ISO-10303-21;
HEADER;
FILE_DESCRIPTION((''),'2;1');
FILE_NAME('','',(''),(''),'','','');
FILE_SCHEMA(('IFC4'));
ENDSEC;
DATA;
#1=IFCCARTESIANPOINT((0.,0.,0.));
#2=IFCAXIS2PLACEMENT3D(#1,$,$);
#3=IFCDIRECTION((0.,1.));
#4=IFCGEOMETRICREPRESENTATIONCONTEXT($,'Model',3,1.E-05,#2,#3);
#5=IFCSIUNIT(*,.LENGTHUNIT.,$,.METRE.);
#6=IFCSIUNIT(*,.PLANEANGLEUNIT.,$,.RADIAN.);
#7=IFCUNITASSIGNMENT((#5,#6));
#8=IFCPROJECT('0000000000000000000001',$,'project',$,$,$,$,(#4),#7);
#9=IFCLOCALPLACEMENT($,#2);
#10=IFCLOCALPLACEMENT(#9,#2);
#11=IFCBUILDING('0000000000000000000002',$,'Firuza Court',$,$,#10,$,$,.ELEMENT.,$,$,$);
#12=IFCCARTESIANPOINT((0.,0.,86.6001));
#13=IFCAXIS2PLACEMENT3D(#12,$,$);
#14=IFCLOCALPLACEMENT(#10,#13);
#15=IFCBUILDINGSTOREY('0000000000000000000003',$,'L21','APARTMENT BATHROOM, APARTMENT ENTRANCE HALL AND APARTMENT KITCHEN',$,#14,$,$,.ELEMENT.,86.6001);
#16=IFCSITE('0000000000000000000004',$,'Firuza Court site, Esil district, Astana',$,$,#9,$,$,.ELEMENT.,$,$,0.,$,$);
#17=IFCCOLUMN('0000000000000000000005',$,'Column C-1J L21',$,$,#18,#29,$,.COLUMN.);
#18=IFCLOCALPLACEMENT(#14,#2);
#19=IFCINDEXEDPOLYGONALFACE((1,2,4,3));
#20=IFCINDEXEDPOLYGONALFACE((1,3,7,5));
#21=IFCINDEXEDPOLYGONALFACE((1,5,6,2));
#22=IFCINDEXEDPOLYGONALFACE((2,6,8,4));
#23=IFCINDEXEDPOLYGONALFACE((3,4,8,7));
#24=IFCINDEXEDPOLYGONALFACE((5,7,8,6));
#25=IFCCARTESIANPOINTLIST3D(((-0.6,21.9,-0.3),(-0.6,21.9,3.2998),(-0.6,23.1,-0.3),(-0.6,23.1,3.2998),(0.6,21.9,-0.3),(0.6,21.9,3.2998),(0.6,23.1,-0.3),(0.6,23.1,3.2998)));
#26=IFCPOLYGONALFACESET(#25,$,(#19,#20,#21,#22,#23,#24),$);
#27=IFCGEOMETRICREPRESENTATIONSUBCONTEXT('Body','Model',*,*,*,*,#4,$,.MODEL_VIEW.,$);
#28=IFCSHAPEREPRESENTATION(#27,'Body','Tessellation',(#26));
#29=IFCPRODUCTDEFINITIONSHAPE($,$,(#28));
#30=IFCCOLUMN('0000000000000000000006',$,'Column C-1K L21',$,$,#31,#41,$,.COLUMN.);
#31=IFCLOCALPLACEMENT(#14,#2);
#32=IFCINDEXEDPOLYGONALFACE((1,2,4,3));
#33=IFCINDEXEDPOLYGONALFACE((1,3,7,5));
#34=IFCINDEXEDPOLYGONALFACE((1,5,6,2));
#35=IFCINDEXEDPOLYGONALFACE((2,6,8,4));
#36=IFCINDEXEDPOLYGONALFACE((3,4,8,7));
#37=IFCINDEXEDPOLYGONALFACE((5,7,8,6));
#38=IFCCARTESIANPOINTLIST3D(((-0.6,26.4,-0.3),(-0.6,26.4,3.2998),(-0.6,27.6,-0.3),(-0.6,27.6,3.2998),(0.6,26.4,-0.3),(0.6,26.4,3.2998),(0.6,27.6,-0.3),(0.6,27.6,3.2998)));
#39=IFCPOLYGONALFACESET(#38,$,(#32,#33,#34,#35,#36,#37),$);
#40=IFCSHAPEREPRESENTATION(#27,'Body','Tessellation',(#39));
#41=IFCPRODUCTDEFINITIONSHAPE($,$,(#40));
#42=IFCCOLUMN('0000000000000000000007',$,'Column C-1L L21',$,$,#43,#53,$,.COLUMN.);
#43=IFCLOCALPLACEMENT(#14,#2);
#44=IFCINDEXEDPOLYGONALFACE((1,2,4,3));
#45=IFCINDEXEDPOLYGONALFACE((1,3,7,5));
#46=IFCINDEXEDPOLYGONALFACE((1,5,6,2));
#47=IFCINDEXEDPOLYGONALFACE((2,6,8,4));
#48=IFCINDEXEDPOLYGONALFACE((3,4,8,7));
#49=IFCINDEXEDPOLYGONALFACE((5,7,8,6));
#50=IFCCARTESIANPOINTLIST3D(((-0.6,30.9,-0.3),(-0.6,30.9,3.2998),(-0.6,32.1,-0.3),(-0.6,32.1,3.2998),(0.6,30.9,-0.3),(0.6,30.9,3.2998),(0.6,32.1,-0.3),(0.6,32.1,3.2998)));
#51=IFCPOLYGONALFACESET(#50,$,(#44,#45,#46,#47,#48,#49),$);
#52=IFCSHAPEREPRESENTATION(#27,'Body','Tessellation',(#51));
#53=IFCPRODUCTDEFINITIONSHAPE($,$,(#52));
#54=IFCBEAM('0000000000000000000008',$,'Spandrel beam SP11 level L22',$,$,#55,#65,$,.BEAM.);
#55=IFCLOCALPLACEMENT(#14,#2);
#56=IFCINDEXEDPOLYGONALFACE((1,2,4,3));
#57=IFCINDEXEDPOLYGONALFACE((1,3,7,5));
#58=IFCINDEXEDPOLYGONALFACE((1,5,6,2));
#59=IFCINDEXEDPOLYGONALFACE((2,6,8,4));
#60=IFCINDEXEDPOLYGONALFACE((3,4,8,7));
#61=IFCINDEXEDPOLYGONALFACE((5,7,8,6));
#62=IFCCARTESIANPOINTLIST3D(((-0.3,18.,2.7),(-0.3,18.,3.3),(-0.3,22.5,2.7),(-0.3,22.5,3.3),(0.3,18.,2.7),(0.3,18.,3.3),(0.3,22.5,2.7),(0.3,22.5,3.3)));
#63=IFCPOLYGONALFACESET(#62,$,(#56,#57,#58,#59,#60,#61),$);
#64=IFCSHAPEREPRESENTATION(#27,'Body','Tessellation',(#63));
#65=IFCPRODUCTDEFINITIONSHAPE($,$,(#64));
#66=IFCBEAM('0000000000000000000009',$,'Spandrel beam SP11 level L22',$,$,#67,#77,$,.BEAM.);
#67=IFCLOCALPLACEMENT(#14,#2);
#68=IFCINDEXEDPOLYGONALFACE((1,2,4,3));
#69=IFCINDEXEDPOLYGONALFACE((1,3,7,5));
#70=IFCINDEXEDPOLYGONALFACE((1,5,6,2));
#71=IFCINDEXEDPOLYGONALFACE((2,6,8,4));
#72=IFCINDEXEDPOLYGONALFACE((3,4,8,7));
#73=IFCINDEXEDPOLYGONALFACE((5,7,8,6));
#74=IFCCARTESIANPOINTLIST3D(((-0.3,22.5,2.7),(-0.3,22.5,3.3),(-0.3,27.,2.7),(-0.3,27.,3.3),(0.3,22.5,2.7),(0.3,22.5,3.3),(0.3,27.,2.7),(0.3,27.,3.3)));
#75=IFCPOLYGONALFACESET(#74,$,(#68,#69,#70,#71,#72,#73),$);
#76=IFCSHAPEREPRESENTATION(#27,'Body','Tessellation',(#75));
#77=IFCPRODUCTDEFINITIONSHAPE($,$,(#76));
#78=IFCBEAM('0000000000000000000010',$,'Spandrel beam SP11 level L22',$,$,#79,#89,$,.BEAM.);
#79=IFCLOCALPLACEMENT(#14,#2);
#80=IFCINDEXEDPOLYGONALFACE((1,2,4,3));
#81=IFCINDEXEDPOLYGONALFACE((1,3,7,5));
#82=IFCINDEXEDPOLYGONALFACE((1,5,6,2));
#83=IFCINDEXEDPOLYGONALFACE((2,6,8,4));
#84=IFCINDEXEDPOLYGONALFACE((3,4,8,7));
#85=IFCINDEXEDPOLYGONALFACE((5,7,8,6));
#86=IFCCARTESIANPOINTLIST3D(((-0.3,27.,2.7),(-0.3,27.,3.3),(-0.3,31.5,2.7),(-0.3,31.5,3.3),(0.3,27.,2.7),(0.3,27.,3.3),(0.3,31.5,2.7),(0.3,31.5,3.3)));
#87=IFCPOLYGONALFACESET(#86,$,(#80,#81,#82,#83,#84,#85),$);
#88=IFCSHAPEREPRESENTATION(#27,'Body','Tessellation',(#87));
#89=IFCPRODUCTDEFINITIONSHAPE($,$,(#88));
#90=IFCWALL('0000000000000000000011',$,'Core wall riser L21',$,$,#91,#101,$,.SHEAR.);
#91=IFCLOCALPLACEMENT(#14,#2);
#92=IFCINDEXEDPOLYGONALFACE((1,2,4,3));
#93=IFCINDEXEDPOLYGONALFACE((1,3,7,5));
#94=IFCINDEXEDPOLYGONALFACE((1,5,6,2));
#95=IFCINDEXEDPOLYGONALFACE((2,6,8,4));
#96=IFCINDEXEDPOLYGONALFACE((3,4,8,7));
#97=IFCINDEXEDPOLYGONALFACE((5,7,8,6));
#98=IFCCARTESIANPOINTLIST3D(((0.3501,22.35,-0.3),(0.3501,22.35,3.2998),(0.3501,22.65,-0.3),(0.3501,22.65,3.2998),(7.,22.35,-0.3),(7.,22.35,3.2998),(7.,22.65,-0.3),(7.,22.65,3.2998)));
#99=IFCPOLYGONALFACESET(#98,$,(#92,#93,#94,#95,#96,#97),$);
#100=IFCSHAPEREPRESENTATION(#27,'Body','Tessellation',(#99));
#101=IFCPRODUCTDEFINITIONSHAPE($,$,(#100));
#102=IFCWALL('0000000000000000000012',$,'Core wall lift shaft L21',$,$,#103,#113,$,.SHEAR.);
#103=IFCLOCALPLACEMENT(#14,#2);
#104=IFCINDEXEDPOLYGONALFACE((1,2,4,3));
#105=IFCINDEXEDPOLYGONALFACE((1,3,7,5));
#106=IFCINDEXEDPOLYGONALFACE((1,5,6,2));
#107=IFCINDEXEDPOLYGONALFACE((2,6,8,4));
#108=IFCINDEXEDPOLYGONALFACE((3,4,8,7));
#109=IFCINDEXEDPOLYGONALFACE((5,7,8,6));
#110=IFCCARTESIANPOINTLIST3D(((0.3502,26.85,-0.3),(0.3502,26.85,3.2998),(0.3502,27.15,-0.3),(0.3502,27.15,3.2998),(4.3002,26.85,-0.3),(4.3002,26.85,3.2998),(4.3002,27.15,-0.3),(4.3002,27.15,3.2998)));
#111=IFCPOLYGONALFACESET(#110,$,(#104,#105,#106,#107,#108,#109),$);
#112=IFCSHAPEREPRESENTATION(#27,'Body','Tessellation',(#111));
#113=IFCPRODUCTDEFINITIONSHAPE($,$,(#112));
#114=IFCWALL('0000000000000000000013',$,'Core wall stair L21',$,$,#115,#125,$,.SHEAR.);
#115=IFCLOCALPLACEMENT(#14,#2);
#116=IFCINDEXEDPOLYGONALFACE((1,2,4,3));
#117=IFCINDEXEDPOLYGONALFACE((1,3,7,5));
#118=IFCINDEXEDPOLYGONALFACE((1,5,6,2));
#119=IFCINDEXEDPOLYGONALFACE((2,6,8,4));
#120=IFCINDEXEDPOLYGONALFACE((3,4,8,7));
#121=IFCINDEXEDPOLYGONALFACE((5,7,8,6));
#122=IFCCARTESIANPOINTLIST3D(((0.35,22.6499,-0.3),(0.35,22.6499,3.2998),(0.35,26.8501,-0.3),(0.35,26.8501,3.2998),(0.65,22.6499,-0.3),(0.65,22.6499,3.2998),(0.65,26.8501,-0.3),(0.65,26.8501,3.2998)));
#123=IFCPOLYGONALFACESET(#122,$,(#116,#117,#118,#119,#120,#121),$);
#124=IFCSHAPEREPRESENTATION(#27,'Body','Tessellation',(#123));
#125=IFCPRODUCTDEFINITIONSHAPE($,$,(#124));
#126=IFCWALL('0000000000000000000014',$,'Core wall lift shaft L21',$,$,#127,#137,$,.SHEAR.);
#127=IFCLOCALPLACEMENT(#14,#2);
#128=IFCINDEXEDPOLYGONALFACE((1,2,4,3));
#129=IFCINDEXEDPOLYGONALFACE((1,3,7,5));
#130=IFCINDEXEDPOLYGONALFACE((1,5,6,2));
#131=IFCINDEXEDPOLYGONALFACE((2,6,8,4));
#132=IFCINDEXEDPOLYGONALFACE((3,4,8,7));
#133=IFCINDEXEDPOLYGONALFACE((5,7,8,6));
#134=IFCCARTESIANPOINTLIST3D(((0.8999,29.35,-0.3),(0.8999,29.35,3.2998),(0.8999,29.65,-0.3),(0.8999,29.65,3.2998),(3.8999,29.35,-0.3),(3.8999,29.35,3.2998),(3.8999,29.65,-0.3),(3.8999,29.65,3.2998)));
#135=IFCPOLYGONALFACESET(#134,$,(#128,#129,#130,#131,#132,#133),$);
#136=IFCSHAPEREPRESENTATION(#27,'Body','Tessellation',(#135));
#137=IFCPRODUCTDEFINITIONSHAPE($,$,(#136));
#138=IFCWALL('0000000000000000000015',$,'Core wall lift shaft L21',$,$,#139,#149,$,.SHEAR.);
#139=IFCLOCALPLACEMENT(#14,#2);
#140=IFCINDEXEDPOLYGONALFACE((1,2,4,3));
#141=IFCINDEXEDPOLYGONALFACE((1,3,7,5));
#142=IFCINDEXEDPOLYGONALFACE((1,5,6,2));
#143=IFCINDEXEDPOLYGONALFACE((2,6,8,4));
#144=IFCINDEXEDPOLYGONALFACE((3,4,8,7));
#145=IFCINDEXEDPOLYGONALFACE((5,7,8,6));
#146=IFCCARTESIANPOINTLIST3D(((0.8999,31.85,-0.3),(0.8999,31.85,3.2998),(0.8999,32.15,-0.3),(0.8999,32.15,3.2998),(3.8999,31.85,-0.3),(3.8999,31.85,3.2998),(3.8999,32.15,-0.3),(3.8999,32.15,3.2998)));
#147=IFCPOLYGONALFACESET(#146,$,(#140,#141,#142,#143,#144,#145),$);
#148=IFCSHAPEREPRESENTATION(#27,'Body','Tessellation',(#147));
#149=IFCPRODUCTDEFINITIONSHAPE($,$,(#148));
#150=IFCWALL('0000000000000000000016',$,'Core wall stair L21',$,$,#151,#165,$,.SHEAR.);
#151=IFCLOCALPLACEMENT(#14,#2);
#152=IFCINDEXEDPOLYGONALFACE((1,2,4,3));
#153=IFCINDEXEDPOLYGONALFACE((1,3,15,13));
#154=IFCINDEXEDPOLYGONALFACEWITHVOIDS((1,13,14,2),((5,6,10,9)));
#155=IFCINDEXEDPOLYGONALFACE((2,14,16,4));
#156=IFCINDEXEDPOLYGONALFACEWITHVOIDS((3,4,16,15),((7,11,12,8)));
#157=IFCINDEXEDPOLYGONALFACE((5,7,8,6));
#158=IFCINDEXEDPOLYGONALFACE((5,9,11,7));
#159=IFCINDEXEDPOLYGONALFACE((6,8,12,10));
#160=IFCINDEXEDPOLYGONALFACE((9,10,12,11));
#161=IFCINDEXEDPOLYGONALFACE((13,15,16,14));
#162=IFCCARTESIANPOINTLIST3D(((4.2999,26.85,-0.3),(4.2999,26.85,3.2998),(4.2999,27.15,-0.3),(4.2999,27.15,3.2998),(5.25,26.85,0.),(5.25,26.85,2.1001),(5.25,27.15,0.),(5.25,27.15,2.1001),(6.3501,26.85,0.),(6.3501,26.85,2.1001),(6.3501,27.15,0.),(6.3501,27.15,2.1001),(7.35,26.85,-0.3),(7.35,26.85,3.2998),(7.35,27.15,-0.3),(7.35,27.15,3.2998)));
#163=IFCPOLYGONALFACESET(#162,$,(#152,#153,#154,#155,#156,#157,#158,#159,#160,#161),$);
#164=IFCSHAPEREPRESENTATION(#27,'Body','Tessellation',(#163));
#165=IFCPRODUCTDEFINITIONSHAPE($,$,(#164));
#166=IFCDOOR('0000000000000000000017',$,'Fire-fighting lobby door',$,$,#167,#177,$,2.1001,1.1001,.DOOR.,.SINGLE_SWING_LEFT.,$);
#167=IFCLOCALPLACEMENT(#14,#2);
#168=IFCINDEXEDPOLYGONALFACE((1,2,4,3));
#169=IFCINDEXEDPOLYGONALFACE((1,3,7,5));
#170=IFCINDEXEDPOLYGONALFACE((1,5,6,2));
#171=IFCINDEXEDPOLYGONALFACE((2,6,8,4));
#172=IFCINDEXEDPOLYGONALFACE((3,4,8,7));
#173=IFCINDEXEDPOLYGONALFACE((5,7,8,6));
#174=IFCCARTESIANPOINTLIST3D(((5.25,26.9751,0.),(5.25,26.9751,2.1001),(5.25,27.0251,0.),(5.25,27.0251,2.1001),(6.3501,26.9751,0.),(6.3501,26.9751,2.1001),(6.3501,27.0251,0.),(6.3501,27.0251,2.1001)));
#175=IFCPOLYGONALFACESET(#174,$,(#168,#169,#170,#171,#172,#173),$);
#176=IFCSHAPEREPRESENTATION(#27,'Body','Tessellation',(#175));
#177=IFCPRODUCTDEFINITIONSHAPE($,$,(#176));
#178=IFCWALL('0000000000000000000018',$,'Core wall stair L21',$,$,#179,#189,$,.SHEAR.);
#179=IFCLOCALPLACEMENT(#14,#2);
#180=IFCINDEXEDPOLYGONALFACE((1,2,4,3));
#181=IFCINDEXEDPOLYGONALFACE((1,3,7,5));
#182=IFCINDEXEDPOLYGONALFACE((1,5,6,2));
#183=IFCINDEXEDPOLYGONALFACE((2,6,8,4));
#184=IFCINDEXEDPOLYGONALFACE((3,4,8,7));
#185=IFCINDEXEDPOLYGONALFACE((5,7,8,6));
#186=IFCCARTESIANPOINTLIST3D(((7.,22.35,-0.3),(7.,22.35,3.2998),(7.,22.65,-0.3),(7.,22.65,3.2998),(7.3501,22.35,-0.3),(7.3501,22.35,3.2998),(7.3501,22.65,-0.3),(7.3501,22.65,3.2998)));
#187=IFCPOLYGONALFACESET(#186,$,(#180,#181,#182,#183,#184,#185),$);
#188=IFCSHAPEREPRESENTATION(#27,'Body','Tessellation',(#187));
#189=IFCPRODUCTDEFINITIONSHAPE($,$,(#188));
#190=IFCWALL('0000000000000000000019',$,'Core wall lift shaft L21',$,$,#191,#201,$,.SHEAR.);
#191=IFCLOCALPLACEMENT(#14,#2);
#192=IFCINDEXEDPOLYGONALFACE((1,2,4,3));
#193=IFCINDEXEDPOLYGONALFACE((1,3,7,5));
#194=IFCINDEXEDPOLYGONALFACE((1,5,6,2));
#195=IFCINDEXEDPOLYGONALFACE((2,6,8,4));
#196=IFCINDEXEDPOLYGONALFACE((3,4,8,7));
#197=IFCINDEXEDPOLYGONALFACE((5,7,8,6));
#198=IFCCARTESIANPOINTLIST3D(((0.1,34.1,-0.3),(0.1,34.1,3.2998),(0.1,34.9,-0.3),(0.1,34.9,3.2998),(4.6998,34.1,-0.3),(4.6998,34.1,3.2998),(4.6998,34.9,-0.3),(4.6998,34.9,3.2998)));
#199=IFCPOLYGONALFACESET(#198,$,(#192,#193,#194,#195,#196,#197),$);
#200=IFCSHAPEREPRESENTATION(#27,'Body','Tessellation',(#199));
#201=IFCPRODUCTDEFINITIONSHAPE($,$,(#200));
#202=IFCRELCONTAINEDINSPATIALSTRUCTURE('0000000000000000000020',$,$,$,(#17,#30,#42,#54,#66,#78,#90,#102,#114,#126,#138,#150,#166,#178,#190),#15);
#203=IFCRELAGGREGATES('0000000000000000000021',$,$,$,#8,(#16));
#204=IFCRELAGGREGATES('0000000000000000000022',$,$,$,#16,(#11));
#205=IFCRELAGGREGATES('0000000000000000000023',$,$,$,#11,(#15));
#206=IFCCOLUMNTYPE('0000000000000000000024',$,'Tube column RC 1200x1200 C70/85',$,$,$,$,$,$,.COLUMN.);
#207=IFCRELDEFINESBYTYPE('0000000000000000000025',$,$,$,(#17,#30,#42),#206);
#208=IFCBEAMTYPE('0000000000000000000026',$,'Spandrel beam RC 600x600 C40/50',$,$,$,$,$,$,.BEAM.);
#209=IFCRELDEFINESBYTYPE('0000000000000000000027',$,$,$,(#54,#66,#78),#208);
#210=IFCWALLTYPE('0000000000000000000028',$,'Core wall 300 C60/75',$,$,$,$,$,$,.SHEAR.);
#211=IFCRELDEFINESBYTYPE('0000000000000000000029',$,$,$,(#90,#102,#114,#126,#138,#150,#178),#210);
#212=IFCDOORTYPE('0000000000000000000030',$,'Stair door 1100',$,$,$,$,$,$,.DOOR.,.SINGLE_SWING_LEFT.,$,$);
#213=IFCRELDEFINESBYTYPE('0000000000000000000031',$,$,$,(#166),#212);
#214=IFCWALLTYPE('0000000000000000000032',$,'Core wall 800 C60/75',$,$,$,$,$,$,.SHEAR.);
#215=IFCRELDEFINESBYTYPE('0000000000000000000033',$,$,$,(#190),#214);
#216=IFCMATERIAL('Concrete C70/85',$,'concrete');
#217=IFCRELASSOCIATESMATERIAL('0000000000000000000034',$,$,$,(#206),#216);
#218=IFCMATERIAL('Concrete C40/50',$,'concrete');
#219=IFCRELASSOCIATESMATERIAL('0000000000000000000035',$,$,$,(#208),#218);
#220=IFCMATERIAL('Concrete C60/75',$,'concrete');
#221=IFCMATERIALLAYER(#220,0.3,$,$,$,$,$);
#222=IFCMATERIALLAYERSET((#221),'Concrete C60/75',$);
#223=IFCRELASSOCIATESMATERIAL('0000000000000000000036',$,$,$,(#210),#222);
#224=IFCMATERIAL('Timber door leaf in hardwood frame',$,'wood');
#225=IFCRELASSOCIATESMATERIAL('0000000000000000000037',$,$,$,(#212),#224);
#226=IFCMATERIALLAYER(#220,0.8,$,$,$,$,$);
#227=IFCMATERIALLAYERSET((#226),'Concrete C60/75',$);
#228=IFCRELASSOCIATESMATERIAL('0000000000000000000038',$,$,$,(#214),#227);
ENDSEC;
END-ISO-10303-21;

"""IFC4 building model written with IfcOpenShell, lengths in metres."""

from ifc_helpers import new_model, si_unit, direction, frame, frame_2d, origin, origin_2d, place, context, subcontext, project, spatial, rectangle, extrude, material, layer, layer_set, material_profile, profile_set, type_object, element, fill, save


model = new_model("IFC4")

# Units and contexts
model_context = context("Model", 3, precision=1e-05, world=origin(), true_north=direction((0.0, 1.0)))
body_context = subcontext(model_context, "Body", "Model", "MODEL_VIEW")
ifc_project = project(units=[si_unit("LENGTHUNIT", "METRE"), si_unit("PLANEANGLEUNIT", "RADIAN")], contexts=[model_context])

# Site, building, storey
site_placement = place(None, origin())
site = spatial("IfcSite", under=ifc_project, at=site_placement, Name="Firuza Court site, Esil district, Astana", CompositionType="ELEMENT", RefElevation=0.0)
building_placement = place(site_placement, origin())
building = spatial("IfcBuilding", under=site, at=building_placement, Name="Firuza Court", CompositionType="ELEMENT")
storey_placement = place(building_placement, frame((0.0, 0.0, 86.6001)))
storey = spatial("IfcBuildingStorey", under=building, at=storey_placement, Name="L21", Description="APARTMENT BATHROOM, APARTMENT ENTRANCE HALL AND APARTMENT KITCHEN", CompositionType="ELEMENT", Elevation=86.6001)

# Columns
ifc_material_1 = material(Name="Concrete C70/85", Category="concrete")
ifc_material_profile_1 = material_profile(ifc_material_1, rectangle(XDim=1.2, YDim=1.2, at=origin_2d()), Name="RC 1200x1200")
ifc_profile_set_1 = profile_set([ifc_material_profile_1], Name="Concrete C70/85")
column_type = type_object("IfcColumnType", Name="Tube column RC 1200x1200 C70/85", PredefinedType="COLUMN", material=ifc_profile_set_1)
for number, where, z_axis, x_axis, name in (
    (1, (0.0, 22.5, -0.3), (0.0, 0.0, 1.0), (1.0, 0.0, 0.0), "Column C-1J L21"),
    (2, (0.0, 27.0, -0.3), (0.0, 0.0, 1.0), (1.0, 0.0, 0.0), "Column C-1K L21"),
    (3, (0.0, 31.5, -0.3), (0.0, 0.0, 1.0), (1.0, 0.0, 0.0), "Column C-1L L21"),
):
    element("IfcColumn", number, at=place(storey_placement, frame(where, z_axis=z_axis, x_axis=x_axis)), inside=storey, type_object=column_type, Name=name, PredefinedType="COLUMN", context=body_context, shape_type="SweptSolid", body=[
        extrude(rectangle(XDim=1.2, YDim=1.2, at=origin_2d()), origin(), (0.0, 0.0, 1.0), 3.5999),
    ])

# Beams
ifc_material_2 = material(Name="Concrete C40/50", Category="concrete")
ifc_material_profile_2 = material_profile(ifc_material_2, rectangle(XDim=0.6001, YDim=0.6001, at=origin_2d()), Name="RC 600x600")
ifc_profile_set_2 = profile_set([ifc_material_profile_2], Name="Concrete C40/50")
beam_type = type_object("IfcBeamType", Name="Spandrel beam RC 600x600 C40/50", PredefinedType="BEAM", material=ifc_profile_set_2)
for number, where, z_axis, x_axis, name in (
    (4, (0.0, 22.5, 3.0), (0.0, -1.0, 0.0), (1.0, 0.0, 0.0), "Spandrel beam SP11 level L22"),
    (5, (0.0, 27.0, 3.0), (0.0, -1.0, 0.0), (1.0, 0.0, 0.0), "Spandrel beam SP11 level L22"),
    (6, (0.0, 31.5, 3.0), (0.0, -1.0, 0.0), (1.0, 0.0, 0.0), "Spandrel beam SP11 level L22"),
):
    element("IfcBeam", number, at=place(storey_placement, frame(where, z_axis=z_axis, x_axis=x_axis)), inside=storey, type_object=beam_type, Name=name, PredefinedType="BEAM", context=body_context, shape_type="SweptSolid", body=[
        extrude(rectangle(XDim=0.6001, YDim=0.6001, at=origin_2d()), origin(), (0.0, 0.0, 1.0), 4.5),
    ])

# Walls
ifc_material_3 = material(Name="Concrete C60/75", Category="concrete")
ifc_layer_1 = layer(ifc_material_3, 0.3)
ifc_layer_set_1 = layer_set([ifc_layer_1], Name="Concrete C60/75")
wall_type_1 = type_object("IfcWallType", Name="Core wall 300 C60/75", PredefinedType="SHEAR", material=ifc_layer_set_1)
wall_1_placement = place(storey_placement, frame((0.3501, 22.5, -0.3), z_axis=(0.0, 0.0, 1.0), x_axis=(1.0, 0.0, 0.0)))
element("IfcWall", 7, at=wall_1_placement, inside=storey, type_object=wall_type_1, Name="Core wall riser L21", PredefinedType="SHEAR", context=body_context, shape_type="SweptSolid", body=[
    extrude(rectangle(XDim=6.6499, YDim=0.3, at=frame_2d((3.325, 0.0))), origin(), (0.0, 0.0, 1.0), 3.5999),
])
wall_2_placement = place(storey_placement, frame((0.3501, 27.0, -0.3), z_axis=(0.0, 0.0, 1.0), x_axis=(1.0, 0.0, 0.0)))
element("IfcWall", 8, at=wall_2_placement, inside=storey, type_object=wall_type_1, Name="Core wall lift shaft L21", PredefinedType="SHEAR", context=body_context, shape_type="SweptSolid", body=[
    extrude(rectangle(XDim=3.95, YDim=0.3, at=frame_2d((1.9751, 0.0))), origin(), (0.0, 0.0, 1.0), 3.5999),
])
wall_3_placement = place(storey_placement, frame((0.5, 22.6499, -0.3), z_axis=(0.0, 0.0, 1.0), x_axis=(0.0, 1.0, 0.0)))
element("IfcWall", 9, at=wall_3_placement, inside=storey, type_object=wall_type_1, Name="Core wall stair L21", PredefinedType="SHEAR", context=body_context, shape_type="SweptSolid", body=[
    extrude(rectangle(XDim=4.2002, YDim=0.3, at=frame_2d((2.1001, 0.0))), origin(), (0.0, 0.0, 1.0), 3.5999),
])
for number, where, z_axis, x_axis, name in (
    (10, (0.8999, 29.5, -0.3), (0.0, 0.0, 1.0), (1.0, 0.0, 0.0), "Core wall lift shaft L21"),
    (11, (0.8999, 32.0, -0.3), (0.0, 0.0, 1.0), (1.0, 0.0, 0.0), "Core wall lift shaft L21"),
):
    element("IfcWall", number, at=place(storey_placement, frame(where, z_axis=z_axis, x_axis=x_axis)), inside=storey, type_object=wall_type_1, Name=name, PredefinedType="SHEAR", context=body_context, shape_type="SweptSolid", body=[
        extrude(rectangle(XDim=3.0, YDim=0.3, at=frame_2d((1.5, 0.0))), origin(), (0.0, 0.0, 1.0), 3.5999),
    ])

# Wall, opening, door
wall_4_placement = place(storey_placement, frame((4.3, 27.0, -0.3), z_axis=(0.0, 0.0, 1.0), x_axis=(1.0, 0.0, 0.0)))
wall_4 = element("IfcWall", 12, at=wall_4_placement, inside=storey, type_object=wall_type_1, Name="Core wall stair L21", PredefinedType="SHEAR", context=body_context, shape_type="SweptSolid", body=[
    extrude(rectangle(XDim=3.05, YDim=0.3, at=frame_2d((1.5249, 0.0))), origin(), (0.0, 0.0, 1.0), 3.5999),
])
opening_1_placement = place(wall_4_placement, frame((0.95, 0.0, 0.3)))
opening_1 = element("IfcOpeningElement", 13, at=opening_1_placement, cuts=wall_4, PredefinedType="OPENING", context=body_context, shape_type="SweptSolid", body=[
    extrude(rectangle(XDim=1.1001, YDim=2.1001, at=frame_2d((0.55, 1.05))), frame((0.0, 0.1621, 0.0), z_axis=(0.0, -1.0, 0.0), x_axis=(1.0, 0.0, 0.0)), (0.0, 0.0, 1.0), 0.324),
])
ifc_material_4 = material(Name="Timber door leaf in hardwood frame", Category="wood")
door_type_1 = type_object("IfcDoorType", Name="Stair door 1100", OperationType="SINGLE_SWING_LEFT", PredefinedType="DOOR", material=ifc_material_4)
door_1_placement = place(opening_1_placement, frame((1.1001, 0.0, 0.0), z_axis=(0.0, 0.0, 1.0), x_axis=(-1.0, 0.0, 0.0)))
door_1 = element("IfcDoor", 14, at=door_1_placement, inside=storey, type_object=door_type_1, Name="Fire-fighting lobby door", OperationType="SINGLE_SWING_LEFT", OverallHeight=2.1001, OverallWidth=1.1001, PredefinedType="DOOR", context=body_context, shape_type="SweptSolid", body=[
    extrude(rectangle(XDim=1.1001, YDim=2.1001, at=frame_2d((0.55, 1.05))), frame((0.0, 0.0249, 0.0), z_axis=(0.0, -1.0, 0.0), x_axis=(1.0, 0.0, 0.0)), (0.0, 0.0, 1.0), 0.05),
])
fill(opening_1, door_1)

# Walls
wall_5_placement = place(storey_placement, frame((7.0, 22.5, -0.3), z_axis=(0.0, 0.0, 1.0), x_axis=(1.0, 0.0, 0.0)))
element("IfcWall", 15, at=wall_5_placement, inside=storey, type_object=wall_type_1, Name="Core wall stair L21", PredefinedType="SHEAR", context=body_context, shape_type="SweptSolid", body=[
    extrude(rectangle(XDim=0.3501, YDim=0.3, at=frame_2d((0.175, 0.0))), origin(), (0.0, 0.0, 1.0), 3.5999),
])
ifc_layer_2 = layer(ifc_material_3, 0.8)
ifc_layer_set_2 = layer_set([ifc_layer_2], Name="Concrete C60/75")
wall_type_2 = type_object("IfcWallType", Name="Core wall 800 C60/75", PredefinedType="SHEAR", material=ifc_layer_set_2)
wall_6_placement = place(storey_placement, frame((0.1001, 34.5, -0.3), z_axis=(0.0, 0.0, 1.0), x_axis=(1.0, 0.0, 0.0)))
element("IfcWall", 16, at=wall_6_placement, inside=storey, type_object=wall_type_2, Name="Core wall lift shaft L21", PredefinedType="SHEAR", context=body_context, shape_type="SweptSolid", body=[
    extrude(rectangle(XDim=4.5999, YDim=0.8, at=frame_2d((2.2998, 0.0))), origin(), (0.0, 0.0, 1.0), 3.5999),
])

save(model, "model.ifc")
